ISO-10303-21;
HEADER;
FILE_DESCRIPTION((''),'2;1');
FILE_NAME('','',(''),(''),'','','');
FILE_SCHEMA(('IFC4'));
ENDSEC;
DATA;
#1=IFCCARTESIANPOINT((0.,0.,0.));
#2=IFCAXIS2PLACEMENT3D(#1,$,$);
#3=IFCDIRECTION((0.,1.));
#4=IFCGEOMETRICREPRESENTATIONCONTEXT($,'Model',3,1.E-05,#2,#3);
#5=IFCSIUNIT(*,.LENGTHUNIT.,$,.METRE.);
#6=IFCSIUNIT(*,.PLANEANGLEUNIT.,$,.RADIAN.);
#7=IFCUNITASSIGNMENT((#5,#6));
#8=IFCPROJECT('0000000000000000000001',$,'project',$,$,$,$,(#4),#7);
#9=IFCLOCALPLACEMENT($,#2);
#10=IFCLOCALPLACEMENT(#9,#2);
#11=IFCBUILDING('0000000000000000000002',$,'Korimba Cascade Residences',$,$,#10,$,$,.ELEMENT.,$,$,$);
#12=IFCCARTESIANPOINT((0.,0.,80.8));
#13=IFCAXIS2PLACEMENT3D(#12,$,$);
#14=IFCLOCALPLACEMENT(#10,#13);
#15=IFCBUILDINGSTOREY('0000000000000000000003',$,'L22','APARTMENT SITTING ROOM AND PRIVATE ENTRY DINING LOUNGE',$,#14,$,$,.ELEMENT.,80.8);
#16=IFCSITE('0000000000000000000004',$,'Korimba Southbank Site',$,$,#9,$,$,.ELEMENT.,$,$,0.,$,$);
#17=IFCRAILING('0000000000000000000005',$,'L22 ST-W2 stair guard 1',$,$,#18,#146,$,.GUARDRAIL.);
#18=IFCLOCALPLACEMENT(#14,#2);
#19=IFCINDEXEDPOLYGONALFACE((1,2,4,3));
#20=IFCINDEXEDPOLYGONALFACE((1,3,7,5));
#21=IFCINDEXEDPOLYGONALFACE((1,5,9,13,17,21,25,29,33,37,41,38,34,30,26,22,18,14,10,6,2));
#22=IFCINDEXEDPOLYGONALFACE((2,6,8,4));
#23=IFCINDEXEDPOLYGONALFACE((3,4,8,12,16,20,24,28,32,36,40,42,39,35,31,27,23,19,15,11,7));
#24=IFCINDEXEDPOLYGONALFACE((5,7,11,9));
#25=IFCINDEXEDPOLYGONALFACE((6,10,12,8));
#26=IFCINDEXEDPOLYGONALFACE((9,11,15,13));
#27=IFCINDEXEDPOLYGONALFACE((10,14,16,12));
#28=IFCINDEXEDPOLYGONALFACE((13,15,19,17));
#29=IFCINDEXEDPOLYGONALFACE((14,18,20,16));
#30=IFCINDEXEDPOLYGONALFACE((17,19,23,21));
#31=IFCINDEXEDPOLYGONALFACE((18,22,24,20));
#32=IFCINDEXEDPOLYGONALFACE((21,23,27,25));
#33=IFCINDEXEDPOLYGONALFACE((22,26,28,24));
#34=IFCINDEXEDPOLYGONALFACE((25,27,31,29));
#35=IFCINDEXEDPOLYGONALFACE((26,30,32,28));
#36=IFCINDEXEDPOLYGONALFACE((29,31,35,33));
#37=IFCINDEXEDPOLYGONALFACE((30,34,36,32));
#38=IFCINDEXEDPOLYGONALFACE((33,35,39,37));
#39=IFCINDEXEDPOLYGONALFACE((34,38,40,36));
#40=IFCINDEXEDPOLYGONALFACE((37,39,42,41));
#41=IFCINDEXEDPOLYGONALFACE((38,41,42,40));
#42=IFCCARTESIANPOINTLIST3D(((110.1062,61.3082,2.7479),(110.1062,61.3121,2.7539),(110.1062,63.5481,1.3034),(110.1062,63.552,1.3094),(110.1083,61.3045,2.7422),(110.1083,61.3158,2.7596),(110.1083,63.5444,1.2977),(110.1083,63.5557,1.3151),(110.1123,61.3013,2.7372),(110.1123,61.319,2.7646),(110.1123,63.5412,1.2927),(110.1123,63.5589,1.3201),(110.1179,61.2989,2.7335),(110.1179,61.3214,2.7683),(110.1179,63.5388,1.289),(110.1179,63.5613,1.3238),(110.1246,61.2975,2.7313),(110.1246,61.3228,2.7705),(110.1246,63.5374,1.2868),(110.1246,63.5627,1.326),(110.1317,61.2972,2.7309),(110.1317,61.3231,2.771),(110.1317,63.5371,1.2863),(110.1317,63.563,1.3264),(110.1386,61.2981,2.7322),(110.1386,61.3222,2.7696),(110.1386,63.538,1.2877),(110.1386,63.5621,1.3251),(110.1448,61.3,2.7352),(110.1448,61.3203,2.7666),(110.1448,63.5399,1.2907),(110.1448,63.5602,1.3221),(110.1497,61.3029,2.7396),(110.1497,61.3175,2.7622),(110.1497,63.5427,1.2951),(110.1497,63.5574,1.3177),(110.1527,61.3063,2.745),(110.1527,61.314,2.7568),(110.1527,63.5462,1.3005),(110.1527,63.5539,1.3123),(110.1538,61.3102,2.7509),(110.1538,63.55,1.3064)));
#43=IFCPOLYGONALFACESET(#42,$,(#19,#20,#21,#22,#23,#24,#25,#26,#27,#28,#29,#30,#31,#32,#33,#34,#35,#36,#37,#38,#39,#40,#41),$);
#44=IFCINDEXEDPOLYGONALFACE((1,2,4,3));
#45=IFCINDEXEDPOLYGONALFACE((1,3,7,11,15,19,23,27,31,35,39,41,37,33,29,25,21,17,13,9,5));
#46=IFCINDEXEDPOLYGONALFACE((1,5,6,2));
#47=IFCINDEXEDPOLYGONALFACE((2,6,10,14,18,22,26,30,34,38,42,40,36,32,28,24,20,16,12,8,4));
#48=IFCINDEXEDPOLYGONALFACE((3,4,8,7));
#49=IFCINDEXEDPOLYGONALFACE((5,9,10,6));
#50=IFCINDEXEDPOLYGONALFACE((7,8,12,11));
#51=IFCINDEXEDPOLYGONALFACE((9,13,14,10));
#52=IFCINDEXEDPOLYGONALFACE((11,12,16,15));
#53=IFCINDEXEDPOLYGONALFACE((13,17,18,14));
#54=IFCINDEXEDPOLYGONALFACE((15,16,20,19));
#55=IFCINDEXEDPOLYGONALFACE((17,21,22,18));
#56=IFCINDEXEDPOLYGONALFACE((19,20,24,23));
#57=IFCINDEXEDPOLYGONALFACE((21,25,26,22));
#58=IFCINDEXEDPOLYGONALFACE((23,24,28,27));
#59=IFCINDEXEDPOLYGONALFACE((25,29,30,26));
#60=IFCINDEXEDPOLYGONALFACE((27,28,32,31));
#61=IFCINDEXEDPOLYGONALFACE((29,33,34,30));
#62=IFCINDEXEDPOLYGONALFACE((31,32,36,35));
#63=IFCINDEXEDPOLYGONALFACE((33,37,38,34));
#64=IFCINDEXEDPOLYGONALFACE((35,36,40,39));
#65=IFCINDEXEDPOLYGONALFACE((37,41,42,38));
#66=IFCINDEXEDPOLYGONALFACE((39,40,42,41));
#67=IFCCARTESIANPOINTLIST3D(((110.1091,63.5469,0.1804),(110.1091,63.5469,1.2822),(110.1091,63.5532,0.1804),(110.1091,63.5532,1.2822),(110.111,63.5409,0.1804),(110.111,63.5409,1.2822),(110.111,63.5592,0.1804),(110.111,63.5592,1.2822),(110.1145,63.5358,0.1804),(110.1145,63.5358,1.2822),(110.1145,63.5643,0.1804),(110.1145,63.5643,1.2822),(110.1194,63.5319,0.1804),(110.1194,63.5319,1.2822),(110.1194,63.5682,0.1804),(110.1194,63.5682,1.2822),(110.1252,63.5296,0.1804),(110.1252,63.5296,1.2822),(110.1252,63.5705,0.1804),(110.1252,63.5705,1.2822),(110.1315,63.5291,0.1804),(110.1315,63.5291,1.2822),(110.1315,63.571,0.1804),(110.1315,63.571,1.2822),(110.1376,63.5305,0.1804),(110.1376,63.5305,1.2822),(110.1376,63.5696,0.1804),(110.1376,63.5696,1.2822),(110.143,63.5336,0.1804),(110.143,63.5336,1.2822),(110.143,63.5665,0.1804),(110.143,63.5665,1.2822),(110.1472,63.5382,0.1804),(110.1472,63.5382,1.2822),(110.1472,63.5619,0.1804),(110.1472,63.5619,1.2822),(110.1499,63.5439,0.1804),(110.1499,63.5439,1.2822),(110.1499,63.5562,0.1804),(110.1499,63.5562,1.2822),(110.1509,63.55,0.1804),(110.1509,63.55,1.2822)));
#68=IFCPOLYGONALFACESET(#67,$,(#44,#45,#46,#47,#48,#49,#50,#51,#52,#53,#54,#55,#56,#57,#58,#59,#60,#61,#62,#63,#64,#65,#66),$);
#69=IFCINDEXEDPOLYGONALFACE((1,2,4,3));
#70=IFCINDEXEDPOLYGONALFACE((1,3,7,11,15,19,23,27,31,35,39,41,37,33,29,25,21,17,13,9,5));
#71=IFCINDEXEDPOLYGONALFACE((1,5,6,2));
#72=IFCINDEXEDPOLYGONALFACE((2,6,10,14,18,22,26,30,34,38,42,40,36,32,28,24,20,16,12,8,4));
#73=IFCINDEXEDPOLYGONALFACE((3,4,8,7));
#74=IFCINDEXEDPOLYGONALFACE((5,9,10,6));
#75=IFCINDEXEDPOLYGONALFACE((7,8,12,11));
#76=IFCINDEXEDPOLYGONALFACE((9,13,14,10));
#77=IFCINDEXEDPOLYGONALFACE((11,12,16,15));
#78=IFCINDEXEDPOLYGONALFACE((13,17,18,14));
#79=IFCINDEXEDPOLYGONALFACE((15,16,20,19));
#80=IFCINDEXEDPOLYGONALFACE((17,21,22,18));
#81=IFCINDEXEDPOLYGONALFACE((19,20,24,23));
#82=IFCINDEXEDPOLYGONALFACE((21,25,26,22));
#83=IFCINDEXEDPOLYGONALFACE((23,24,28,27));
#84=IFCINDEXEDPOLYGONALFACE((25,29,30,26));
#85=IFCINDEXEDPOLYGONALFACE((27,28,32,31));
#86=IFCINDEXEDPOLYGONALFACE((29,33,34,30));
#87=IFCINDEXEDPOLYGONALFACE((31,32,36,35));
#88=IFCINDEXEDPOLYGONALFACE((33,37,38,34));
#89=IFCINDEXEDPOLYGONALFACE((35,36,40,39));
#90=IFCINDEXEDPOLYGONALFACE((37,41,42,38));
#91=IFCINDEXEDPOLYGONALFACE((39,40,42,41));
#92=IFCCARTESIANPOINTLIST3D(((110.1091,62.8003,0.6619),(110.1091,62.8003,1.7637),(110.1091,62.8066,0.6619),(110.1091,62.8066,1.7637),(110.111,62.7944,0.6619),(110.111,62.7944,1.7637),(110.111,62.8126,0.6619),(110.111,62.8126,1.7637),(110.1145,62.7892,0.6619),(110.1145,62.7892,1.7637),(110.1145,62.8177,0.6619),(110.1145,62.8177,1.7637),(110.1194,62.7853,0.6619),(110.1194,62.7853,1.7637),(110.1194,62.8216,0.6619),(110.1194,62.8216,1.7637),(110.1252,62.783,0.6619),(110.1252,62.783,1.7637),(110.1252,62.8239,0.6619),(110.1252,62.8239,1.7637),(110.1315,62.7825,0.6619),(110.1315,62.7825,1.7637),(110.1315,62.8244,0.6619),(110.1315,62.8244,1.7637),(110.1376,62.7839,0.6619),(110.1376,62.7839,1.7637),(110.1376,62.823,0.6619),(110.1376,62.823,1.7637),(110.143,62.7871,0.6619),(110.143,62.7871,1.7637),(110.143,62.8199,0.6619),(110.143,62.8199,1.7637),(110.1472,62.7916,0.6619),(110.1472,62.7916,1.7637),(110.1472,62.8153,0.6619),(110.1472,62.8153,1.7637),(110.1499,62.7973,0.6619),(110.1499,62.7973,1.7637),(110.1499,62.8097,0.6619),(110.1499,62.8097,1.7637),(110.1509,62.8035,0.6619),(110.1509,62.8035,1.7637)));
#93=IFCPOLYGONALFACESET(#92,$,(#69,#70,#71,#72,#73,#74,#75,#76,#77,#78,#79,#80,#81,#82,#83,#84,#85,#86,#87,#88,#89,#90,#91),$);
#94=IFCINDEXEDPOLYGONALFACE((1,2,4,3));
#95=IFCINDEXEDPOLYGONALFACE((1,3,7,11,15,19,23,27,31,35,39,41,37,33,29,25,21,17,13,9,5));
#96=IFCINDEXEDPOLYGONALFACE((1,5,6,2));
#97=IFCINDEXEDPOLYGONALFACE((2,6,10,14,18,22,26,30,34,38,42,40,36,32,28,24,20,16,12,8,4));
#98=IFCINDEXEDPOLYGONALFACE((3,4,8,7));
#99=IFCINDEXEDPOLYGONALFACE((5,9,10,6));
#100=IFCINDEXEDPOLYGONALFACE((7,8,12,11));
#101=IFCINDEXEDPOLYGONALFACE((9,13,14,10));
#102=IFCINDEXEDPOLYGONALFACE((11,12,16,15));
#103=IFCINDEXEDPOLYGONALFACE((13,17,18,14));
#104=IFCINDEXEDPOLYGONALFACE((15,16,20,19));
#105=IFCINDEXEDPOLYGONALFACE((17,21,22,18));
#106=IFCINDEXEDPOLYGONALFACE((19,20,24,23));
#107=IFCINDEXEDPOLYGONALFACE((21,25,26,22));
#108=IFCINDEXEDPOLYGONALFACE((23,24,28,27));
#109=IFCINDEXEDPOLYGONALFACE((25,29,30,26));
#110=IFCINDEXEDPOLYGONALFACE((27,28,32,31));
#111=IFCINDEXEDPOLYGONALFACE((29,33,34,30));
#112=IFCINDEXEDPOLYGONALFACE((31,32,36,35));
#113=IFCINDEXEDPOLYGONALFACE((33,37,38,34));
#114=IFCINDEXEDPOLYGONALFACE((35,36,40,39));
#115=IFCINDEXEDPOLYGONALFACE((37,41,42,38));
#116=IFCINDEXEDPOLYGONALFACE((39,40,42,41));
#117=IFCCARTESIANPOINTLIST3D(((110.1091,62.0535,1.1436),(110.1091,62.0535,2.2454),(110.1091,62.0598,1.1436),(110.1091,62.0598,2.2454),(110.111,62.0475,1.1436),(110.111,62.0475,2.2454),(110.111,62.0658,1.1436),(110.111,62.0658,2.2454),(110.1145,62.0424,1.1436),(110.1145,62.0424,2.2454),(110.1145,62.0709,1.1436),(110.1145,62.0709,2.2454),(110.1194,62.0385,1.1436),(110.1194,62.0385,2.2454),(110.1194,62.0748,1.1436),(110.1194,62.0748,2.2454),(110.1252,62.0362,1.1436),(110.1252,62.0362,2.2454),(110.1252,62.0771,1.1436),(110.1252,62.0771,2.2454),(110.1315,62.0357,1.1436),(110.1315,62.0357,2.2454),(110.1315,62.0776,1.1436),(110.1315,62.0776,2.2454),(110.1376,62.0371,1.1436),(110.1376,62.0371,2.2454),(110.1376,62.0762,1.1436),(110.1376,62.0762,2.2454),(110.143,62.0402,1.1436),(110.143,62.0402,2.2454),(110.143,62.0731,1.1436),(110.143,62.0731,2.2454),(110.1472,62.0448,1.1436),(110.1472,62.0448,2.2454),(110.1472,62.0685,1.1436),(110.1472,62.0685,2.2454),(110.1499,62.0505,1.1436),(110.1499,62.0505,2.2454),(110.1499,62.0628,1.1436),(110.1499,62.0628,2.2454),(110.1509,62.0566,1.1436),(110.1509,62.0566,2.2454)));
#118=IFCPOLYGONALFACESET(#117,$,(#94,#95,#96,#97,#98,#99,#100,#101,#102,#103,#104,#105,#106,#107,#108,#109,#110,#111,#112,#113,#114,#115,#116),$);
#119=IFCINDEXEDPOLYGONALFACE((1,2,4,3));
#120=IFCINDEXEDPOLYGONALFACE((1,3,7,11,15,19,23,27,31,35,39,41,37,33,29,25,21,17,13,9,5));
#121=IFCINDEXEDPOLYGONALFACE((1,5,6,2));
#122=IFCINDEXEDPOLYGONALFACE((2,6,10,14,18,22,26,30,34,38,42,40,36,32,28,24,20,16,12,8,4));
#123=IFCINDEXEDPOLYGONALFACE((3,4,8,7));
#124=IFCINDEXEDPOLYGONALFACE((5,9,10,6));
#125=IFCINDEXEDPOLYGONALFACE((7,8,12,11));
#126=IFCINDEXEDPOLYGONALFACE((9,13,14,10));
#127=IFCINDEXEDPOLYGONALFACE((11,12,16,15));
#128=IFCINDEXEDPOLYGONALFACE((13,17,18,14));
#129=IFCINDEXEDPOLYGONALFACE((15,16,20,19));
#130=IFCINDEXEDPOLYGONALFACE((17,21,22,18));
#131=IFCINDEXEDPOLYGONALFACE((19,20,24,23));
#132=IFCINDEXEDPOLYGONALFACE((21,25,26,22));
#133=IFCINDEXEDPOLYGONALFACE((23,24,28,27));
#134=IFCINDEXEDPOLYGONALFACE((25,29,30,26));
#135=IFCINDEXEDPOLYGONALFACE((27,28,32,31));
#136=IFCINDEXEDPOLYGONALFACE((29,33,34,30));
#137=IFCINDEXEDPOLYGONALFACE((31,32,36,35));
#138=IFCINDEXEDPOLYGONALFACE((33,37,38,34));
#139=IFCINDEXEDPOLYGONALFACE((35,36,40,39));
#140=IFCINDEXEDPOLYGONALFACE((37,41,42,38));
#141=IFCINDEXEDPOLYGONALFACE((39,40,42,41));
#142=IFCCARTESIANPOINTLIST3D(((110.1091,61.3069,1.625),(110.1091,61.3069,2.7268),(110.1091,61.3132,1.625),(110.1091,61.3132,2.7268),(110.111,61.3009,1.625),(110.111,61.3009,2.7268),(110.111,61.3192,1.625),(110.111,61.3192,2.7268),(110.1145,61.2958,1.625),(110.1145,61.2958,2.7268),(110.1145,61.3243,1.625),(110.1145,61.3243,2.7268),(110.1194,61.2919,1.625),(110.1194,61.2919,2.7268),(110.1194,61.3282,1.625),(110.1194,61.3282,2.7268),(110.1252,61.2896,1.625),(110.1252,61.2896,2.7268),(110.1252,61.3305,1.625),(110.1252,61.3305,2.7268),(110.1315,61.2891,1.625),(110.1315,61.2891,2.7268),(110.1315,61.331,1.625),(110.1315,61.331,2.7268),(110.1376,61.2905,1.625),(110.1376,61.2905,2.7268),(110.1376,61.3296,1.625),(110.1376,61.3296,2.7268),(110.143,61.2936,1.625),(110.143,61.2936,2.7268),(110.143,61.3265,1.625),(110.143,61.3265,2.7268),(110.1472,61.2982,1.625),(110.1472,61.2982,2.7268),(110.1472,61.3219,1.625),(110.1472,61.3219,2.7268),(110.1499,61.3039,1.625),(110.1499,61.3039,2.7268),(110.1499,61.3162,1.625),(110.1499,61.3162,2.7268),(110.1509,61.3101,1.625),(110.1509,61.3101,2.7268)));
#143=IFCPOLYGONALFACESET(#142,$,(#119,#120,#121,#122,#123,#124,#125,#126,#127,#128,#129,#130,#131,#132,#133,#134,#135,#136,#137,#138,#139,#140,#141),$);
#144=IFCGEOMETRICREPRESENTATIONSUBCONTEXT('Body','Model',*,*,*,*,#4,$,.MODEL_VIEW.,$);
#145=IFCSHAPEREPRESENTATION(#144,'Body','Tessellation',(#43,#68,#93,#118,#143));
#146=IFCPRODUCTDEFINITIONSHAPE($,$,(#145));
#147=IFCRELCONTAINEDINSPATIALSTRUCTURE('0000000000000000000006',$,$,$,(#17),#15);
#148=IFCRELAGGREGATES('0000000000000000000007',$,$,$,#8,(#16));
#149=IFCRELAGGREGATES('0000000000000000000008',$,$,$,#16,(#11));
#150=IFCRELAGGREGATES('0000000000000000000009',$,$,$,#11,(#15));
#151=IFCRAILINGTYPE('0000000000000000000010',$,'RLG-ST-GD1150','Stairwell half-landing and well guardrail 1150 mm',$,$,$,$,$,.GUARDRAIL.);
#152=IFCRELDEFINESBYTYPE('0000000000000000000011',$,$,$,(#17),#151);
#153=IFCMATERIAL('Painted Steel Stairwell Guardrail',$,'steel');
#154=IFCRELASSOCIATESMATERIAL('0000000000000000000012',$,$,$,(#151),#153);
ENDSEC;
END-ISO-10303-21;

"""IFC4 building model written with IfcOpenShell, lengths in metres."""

from ifc_helpers import new_model, si_unit, direction, frame, origin, origin_2d, place, context, subcontext, project, spatial, circle, extrude, material, type_object, element, save


model = new_model("IFC4")

# Units and contexts
model_context = context("Model", 3, precision=1e-05, world=origin(), true_north=direction((0.0, 1.0)))
body_context = subcontext(model_context, "Body", "Model", "MODEL_VIEW")
ifc_project = project(units=[si_unit("LENGTHUNIT", "METRE"), si_unit("PLANEANGLEUNIT", "RADIAN")], contexts=[model_context])

# Site, building, storey
site_placement = place(None, origin())
site = spatial("IfcSite", under=ifc_project, at=site_placement, Name="Korimba Southbank Site", CompositionType="ELEMENT", RefElevation=0.0)
building_placement = place(site_placement, origin())
building = spatial("IfcBuilding", under=site, at=building_placement, Name="Korimba Cascade Residences", CompositionType="ELEMENT")
storey_placement = place(building_placement, frame((0.0, 0.0, 80.8)))
storey = spatial("IfcBuildingStorey", under=building, at=storey_placement, Name="L22", Description="APARTMENT SITTING ROOM AND PRIVATE ENTRY DINING LOUNGE", CompositionType="ELEMENT", Elevation=80.8)

# Railing
ifc_material_1 = material(Name="Painted Steel Stairwell Guardrail", Category="steel")
railing_type_1 = type_object("IfcRailingType", Name="RLG-ST-GD1150", Description="Stairwell half-landing and well guardrail 1150 mm", PredefinedType="GUARDRAIL", material=ifc_material_1)
railing_1_placement = place(storey_placement, frame((110.1299, 63.55, 0.1804)))
element("IfcRailing", 1, at=railing_1_placement, inside=storey, type_object=railing_type_1, Name="L22 ST-W2 stair guard 1", PredefinedType="GUARDRAIL", context=body_context, shape_type="SweptSolid", body=[
    extrude(circle(Radius=0.0239, at=origin_2d()), frame((0.0, 0.0, 1.126), z_axis=(0.0, -0.840395, 0.541975), x_axis=(1.0, 0.0, 0.0)), (0.0, 0.0, 1.0), 2.6653),
    extrude(circle(Radius=0.021, at=origin_2d()), origin(), (0.0, 0.0, 1.0), 1.1018),
    extrude(circle(Radius=0.021, at=origin_2d()), frame((0.0, -0.7466, 0.4814)), (0.0, 0.0, 1.0), 1.1018),
    extrude(circle(Radius=0.021, at=origin_2d()), frame((0.0, -1.4934, 0.9631)), (0.0, 0.0, 1.0), 1.1018),
    extrude(circle(Radius=0.021, at=origin_2d()), frame((0.0, -2.24, 1.4446)), (0.0, 0.0, 1.0), 1.1018),
])

save(model, "model.ifc")
